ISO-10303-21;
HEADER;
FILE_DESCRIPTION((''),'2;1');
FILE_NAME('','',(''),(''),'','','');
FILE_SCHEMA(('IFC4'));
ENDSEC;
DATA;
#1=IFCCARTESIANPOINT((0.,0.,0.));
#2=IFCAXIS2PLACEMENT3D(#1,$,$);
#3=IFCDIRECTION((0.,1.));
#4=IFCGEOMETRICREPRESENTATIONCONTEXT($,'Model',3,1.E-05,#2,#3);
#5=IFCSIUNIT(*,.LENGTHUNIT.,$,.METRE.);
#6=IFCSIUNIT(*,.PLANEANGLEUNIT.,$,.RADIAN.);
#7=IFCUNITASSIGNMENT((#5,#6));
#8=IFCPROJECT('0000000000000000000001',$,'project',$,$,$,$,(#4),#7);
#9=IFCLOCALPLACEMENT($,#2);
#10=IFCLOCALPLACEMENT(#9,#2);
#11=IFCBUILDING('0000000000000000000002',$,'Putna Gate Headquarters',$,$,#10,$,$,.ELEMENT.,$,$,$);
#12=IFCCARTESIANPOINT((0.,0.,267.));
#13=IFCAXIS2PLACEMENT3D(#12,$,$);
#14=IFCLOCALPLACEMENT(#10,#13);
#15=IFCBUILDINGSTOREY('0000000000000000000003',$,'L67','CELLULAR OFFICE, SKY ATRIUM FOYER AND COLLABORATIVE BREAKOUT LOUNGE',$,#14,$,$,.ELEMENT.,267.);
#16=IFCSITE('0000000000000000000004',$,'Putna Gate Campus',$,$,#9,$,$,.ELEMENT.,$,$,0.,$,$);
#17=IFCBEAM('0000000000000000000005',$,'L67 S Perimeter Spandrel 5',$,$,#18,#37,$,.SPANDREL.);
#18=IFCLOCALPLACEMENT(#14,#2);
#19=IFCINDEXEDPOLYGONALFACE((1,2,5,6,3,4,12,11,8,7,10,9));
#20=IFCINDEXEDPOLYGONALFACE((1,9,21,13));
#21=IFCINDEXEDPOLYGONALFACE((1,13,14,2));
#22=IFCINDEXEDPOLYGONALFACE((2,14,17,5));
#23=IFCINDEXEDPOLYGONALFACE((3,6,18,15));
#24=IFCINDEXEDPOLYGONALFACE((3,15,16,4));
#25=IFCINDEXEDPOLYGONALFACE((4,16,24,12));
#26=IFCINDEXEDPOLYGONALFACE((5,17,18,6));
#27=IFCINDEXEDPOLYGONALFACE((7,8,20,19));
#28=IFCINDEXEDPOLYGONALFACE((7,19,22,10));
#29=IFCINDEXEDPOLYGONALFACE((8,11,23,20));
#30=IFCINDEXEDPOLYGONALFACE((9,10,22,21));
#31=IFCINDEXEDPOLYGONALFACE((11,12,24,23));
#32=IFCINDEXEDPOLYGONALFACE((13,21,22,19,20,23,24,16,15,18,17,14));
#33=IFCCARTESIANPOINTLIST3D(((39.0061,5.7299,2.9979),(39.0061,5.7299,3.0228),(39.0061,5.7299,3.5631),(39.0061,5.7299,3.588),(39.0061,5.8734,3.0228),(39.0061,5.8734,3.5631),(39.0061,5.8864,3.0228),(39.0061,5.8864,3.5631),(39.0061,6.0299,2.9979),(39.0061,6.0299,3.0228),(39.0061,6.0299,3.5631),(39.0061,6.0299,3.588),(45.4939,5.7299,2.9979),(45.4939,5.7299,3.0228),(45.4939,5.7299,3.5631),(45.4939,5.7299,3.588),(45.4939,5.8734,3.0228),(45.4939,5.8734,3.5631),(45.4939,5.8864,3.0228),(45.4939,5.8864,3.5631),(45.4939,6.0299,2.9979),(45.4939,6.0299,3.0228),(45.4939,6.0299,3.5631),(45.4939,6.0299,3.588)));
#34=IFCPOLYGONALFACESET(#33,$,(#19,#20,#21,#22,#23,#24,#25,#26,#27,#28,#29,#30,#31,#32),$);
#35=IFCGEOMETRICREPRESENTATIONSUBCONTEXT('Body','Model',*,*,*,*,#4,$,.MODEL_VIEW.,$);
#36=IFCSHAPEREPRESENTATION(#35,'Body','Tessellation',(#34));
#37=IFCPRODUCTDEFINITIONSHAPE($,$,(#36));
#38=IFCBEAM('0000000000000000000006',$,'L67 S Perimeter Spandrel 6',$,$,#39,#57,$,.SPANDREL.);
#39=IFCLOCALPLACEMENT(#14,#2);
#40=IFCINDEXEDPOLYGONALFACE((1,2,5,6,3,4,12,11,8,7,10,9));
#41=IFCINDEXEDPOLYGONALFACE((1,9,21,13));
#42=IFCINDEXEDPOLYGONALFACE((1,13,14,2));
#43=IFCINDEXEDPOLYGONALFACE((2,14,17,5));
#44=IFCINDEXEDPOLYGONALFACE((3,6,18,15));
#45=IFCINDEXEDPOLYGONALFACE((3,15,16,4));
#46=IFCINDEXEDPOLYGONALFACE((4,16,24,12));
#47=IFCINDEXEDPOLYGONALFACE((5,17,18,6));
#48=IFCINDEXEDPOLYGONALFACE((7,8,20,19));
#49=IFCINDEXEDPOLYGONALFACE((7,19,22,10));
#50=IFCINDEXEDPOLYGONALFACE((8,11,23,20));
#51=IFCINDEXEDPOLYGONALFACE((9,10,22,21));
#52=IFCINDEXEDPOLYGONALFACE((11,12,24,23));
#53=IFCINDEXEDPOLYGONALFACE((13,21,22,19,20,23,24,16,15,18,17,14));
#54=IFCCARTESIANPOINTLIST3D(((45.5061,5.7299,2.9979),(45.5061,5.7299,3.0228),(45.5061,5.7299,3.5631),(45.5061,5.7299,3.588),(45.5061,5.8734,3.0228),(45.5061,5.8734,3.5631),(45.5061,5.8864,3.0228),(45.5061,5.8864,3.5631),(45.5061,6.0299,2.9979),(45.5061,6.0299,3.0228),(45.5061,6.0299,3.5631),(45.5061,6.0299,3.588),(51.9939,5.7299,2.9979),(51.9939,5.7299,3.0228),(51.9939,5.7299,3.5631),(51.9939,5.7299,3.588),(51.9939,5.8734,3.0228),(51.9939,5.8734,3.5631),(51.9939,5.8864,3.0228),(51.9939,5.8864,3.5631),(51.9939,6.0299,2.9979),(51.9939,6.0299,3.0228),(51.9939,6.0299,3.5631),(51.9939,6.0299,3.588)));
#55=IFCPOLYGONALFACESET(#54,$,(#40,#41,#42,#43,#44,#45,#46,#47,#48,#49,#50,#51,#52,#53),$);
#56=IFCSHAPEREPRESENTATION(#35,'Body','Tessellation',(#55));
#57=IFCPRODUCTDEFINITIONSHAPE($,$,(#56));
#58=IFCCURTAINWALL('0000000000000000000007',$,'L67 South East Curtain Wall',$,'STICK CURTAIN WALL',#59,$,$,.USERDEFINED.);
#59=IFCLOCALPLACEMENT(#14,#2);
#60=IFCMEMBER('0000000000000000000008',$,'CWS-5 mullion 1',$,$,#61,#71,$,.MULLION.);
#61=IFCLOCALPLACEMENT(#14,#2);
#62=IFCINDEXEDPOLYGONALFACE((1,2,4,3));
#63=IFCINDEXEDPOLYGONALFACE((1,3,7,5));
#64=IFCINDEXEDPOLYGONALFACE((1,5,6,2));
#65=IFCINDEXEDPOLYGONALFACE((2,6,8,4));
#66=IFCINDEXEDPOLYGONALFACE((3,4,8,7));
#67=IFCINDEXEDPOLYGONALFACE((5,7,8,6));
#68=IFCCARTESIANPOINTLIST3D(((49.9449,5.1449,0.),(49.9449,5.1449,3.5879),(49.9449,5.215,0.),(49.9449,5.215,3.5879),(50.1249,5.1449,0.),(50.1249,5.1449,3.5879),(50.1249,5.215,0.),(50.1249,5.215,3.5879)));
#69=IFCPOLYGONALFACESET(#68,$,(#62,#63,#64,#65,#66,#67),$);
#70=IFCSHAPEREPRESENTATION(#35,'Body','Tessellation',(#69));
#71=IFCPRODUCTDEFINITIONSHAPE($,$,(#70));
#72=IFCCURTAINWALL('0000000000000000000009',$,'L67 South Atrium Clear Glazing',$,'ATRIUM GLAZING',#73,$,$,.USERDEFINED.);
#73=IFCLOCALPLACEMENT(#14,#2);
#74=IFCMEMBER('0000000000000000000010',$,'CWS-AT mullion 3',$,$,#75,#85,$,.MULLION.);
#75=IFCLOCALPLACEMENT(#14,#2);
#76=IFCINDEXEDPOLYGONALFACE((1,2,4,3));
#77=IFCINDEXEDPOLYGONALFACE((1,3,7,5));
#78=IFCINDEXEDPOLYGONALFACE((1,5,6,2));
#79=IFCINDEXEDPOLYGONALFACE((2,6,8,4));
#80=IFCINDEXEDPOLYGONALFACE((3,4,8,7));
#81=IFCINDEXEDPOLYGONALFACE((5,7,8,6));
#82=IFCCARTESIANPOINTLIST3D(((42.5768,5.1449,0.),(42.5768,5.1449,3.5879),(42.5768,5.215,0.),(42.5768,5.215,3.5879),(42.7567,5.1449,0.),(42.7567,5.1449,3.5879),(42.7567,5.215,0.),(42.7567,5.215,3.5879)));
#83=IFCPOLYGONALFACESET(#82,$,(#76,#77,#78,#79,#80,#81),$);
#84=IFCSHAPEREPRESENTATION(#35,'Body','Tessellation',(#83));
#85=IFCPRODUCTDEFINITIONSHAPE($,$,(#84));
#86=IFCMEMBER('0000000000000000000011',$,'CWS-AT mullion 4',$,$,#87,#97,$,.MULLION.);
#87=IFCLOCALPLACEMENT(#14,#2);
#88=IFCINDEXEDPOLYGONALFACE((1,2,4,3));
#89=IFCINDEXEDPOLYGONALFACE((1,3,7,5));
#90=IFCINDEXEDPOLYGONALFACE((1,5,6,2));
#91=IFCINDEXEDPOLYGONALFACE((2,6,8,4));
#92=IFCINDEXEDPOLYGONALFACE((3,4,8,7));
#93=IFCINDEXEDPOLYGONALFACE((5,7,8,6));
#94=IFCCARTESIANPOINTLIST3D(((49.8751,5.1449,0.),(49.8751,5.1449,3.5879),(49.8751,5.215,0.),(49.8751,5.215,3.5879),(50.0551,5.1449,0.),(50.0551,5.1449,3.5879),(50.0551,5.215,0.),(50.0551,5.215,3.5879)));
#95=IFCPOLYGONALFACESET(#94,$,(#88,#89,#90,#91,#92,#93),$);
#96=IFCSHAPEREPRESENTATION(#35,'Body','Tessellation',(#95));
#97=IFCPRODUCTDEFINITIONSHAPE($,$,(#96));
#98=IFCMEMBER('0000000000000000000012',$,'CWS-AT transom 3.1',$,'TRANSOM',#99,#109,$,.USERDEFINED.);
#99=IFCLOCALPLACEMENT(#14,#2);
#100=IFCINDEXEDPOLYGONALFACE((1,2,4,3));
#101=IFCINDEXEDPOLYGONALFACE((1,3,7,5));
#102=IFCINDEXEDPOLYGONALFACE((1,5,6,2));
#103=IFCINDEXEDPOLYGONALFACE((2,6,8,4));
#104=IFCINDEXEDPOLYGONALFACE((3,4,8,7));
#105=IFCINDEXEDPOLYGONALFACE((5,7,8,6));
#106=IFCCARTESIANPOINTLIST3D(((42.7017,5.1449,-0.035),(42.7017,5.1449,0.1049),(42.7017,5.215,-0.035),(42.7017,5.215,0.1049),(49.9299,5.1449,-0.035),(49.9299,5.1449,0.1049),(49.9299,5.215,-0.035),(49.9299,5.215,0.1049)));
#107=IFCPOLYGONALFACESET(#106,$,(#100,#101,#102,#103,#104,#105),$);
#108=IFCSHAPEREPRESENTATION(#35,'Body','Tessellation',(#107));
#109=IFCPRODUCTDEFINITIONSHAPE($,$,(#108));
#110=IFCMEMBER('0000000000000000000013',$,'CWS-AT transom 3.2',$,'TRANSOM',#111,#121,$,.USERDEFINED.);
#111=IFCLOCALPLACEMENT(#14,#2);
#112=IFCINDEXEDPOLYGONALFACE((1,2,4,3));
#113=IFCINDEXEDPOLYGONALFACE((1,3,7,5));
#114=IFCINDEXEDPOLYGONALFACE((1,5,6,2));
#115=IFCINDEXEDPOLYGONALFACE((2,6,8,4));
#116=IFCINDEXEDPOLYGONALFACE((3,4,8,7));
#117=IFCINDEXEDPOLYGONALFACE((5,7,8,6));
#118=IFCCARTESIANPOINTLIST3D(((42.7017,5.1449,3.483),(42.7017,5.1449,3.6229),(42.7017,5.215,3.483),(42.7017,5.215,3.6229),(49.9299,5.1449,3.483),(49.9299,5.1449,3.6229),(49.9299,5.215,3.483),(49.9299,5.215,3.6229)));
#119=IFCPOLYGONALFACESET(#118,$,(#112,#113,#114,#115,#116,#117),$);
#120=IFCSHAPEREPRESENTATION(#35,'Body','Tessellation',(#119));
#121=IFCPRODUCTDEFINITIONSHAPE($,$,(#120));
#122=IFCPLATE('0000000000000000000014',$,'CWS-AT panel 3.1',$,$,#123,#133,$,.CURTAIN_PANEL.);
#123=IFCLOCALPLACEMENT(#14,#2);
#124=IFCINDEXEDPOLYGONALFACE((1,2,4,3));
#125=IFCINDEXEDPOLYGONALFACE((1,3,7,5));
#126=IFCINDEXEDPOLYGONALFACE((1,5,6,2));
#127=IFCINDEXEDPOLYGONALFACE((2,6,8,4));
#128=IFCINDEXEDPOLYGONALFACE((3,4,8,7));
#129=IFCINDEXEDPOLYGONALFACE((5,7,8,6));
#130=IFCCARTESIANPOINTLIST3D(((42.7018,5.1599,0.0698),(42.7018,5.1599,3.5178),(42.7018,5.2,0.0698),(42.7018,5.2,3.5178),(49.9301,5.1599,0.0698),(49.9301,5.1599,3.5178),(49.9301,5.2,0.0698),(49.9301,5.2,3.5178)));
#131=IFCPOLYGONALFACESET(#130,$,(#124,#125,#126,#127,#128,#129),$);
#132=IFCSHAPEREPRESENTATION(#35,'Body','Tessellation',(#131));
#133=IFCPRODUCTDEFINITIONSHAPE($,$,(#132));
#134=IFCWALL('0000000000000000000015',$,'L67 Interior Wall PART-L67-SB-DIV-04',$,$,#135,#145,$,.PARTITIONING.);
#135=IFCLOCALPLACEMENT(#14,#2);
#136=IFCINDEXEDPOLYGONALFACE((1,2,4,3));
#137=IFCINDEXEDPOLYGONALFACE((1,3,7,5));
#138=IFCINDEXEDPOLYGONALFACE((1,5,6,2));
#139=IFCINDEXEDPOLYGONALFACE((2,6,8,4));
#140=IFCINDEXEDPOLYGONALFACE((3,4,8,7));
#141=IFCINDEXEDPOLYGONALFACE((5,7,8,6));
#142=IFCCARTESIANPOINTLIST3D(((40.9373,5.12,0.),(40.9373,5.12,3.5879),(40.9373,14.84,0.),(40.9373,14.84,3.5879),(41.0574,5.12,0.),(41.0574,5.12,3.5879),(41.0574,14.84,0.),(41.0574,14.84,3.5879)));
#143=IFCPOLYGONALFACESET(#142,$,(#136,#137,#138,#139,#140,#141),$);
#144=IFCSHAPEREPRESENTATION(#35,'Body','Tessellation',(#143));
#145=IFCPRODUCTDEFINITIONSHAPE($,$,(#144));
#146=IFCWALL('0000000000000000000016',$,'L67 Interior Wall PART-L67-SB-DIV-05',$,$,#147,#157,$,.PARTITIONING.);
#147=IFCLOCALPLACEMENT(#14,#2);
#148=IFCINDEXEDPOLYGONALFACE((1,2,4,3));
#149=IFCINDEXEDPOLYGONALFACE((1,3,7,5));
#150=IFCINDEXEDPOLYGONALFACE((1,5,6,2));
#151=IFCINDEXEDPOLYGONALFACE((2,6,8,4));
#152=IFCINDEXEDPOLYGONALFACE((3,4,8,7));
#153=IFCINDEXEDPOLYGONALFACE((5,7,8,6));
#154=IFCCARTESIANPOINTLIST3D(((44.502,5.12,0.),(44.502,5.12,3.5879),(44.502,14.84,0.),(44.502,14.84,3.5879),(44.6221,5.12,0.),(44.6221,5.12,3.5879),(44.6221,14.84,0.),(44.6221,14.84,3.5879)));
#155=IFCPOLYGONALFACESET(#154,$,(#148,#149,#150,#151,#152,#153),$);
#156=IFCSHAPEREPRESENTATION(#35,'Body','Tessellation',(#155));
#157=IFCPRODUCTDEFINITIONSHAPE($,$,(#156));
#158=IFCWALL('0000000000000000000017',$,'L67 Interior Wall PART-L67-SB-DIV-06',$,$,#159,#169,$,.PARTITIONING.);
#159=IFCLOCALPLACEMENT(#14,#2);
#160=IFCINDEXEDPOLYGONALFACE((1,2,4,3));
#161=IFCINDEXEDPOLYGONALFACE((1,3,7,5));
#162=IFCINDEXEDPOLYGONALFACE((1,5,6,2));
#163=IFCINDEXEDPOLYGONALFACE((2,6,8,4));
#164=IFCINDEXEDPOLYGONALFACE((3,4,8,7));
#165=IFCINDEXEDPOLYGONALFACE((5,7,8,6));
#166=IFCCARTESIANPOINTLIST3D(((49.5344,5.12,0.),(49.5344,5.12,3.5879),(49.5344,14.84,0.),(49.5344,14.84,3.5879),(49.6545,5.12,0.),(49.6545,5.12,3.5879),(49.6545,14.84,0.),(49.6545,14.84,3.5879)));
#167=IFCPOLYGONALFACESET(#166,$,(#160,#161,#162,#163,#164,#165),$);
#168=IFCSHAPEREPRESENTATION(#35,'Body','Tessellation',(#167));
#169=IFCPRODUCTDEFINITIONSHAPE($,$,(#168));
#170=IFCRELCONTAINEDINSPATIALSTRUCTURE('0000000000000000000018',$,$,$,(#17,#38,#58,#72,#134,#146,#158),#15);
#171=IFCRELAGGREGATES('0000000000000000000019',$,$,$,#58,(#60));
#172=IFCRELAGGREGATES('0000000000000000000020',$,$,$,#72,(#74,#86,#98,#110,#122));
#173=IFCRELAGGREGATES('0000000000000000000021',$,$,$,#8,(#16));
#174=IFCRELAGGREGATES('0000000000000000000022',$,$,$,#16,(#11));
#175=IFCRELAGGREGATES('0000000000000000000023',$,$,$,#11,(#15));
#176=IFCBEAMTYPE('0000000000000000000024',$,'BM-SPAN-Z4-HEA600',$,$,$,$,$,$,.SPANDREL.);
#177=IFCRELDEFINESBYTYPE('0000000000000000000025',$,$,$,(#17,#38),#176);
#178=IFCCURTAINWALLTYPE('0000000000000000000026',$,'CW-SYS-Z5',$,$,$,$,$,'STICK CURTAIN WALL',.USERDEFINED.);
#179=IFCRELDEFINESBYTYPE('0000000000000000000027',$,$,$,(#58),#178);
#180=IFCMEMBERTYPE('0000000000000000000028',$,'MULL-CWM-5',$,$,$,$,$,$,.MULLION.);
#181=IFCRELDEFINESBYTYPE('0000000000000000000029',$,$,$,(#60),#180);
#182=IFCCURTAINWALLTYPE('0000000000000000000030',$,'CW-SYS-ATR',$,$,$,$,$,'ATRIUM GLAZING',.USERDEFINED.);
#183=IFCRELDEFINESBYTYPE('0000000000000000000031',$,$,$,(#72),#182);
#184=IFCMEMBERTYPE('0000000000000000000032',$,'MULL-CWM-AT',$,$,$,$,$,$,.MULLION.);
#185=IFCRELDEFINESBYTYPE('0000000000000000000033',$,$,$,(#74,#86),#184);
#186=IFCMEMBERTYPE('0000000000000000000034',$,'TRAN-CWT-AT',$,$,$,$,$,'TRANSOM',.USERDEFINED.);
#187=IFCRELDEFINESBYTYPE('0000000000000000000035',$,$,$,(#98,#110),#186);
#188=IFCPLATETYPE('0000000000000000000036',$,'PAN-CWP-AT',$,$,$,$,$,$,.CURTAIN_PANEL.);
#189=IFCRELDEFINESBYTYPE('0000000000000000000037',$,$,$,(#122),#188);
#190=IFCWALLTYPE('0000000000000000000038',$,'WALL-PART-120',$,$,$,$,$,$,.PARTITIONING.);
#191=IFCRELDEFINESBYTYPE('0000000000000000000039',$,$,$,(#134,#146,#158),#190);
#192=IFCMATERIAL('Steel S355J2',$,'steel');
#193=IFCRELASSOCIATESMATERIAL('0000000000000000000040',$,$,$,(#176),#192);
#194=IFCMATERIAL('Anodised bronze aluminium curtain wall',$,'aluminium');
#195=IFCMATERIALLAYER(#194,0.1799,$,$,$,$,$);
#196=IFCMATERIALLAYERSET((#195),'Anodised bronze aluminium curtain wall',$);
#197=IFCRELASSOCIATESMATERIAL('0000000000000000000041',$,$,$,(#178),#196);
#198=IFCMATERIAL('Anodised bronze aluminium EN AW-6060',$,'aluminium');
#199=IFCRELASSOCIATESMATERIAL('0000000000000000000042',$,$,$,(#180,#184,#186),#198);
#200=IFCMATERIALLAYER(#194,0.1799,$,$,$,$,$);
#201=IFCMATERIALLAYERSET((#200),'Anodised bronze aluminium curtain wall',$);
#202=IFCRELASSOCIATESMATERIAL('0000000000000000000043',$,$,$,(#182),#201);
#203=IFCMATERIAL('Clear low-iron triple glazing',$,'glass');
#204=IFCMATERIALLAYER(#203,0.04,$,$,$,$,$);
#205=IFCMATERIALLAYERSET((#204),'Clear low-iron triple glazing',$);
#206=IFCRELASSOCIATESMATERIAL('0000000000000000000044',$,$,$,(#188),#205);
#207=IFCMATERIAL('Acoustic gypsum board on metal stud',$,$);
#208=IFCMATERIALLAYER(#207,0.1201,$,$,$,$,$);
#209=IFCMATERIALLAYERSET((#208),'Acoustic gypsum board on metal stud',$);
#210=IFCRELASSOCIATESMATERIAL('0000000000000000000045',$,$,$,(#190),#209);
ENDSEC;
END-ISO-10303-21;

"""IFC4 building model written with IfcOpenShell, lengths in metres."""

from ifc_helpers import new_model, si_unit, direction, frame, frame_2d, origin, origin_2d, place, context, subcontext, project, spatial, rectangle, i_section, extrude, material, layer, layer_set, material_profile, profile_set, type_object, element, aggregate, save


model = new_model("IFC4")

# Units and contexts
model_context = context("Model", 3, precision=1e-05, world=origin(), true_north=direction((0.0, 1.0)))
body_context = subcontext(model_context, "Body", "Model", "MODEL_VIEW")
ifc_project = project(units=[si_unit("LENGTHUNIT", "METRE"), si_unit("PLANEANGLEUNIT", "RADIAN")], contexts=[model_context])

# Site, building, storey
site_placement = place(None, origin())
site = spatial("IfcSite", under=ifc_project, at=site_placement, Name="Putna Gate Campus", CompositionType="ELEMENT", RefElevation=0.0)
building_placement = place(site_placement, origin())
building = spatial("IfcBuilding", under=site, at=building_placement, Name="Putna Gate Headquarters", CompositionType="ELEMENT")
storey_placement = place(building_placement, frame((0.0, 0.0, 267.0)))
storey = spatial("IfcBuildingStorey", under=building, at=storey_placement, Name="L67", Description="CELLULAR OFFICE, SKY ATRIUM FOYER AND COLLABORATIVE BREAKOUT LOUNGE", CompositionType="ELEMENT", Elevation=267.0)

# Beams
ifc_material_1 = material(Name="Steel S355J2", Category="steel")
ifc_material_profile_1 = material_profile(ifc_material_1, i_section(OverallWidth=0.3, OverallDepth=0.5901, WebThickness=0.0129, FlangeThickness=0.0249, at=origin_2d()), Name="Steel S355J2")
ifc_profile_set_1 = profile_set([ifc_material_profile_1], Name="Steel S355J2")
beam_type_1 = type_object("IfcBeamType", Name="BM-SPAN-Z4-HEA600", PredefinedType="SPANDREL", material=ifc_profile_set_1)
for number, where, z_axis, x_axis, name in (
    (1, (39.0061, 5.8799, 3.293), (1.0, 0.0, 0.0), (0.0, 1.0, 0.0), "L67 S Perimeter Spandrel 5"),
    (2, (45.5061, 5.8799, 3.293), (1.0, 0.0, 0.0), (0.0, 1.0, 0.0), "L67 S Perimeter Spandrel 6"),
):
    element("IfcBeam", number, at=place(storey_placement, frame(where, z_axis=z_axis, x_axis=x_axis)), inside=storey, type_object=beam_type_1, Name=name, PredefinedType="SPANDREL", context=body_context, shape_type="SweptSolid", body=[
        extrude(i_section(OverallWidth=0.3, OverallDepth=0.5901, WebThickness=0.0129, FlangeThickness=0.0249, at=origin_2d()), origin(), (0.0, 0.0, 1.0), 6.4878),
    ])

# Curtain wall, member
ifc_material_2 = material(Name="Anodised bronze aluminium curtain wall", Category="aluminium")
ifc_layer_1 = layer(ifc_material_2, 0.1799)
ifc_layer_set_1 = layer_set([ifc_layer_1], Name="Anodised bronze aluminium curtain wall")
curtain_wall_type_1 = type_object("IfcCurtainWallType", Name="CW-SYS-Z5", ElementType="STICK CURTAIN WALL", PredefinedType="USERDEFINED", material=ifc_layer_set_1)
curtain_wall_1_placement = place(storey_placement, origin())
curtain_wall_1 = element("IfcCurtainWall", 3, at=curtain_wall_1_placement, inside=storey, type_object=curtain_wall_type_1, Name="L67 South East Curtain Wall", ObjectType="STICK CURTAIN WALL", PredefinedType="USERDEFINED")
ifc_material_3 = material(Name="Anodised bronze aluminium EN AW-6060", Category="aluminium")
ifc_material_profile_2 = material_profile(ifc_material_3, rectangle(XDim=0.0701, YDim=0.1799, at=origin_2d()), Name="Anodised bronze aluminium EN AW-6060")
ifc_profile_set_2 = profile_set([ifc_material_profile_2], Name="Anodised bronze aluminium EN AW-6060")
member_type_1 = type_object("IfcMemberType", Name="MULL-CWM-5", PredefinedType="MULLION", material=ifc_profile_set_2)
member_1_placement = place(storey_placement, frame((50.0349, 5.1799, 0.0), z_axis=(0.0, 0.0, 1.0), x_axis=(0.0, 1.0, 0.0)))
member_1 = element("IfcMember", 4, at=member_1_placement, type_object=member_type_1, Name="CWS-5 mullion 1", PredefinedType="MULLION", context=body_context, shape_type="SweptSolid", body=[
    extrude(rectangle(XDim=0.0701, YDim=0.1799, at=origin_2d()), origin(), (0.0, 0.0, 1.0), 3.5879),
])
aggregate(curtain_wall_1, [member_1])

# Curtain wall, members, plate
ifc_layer_2 = layer(ifc_material_2, 0.1799)
ifc_layer_set_2 = layer_set([ifc_layer_2], Name="Anodised bronze aluminium curtain wall")
curtain_wall_type_2 = type_object("IfcCurtainWallType", Name="CW-SYS-ATR", ElementType="ATRIUM GLAZING", PredefinedType="USERDEFINED", material=ifc_layer_set_2)
curtain_wall_2_placement = place(storey_placement, origin())
curtain_wall_2 = element("IfcCurtainWall", 5, at=curtain_wall_2_placement, inside=storey, type_object=curtain_wall_type_2, Name="L67 South Atrium Clear Glazing", ObjectType="ATRIUM GLAZING", PredefinedType="USERDEFINED")
ifc_material_profile_3 = material_profile(ifc_material_3, rectangle(XDim=0.0701, YDim=0.1799, at=origin_2d()), Name="Anodised bronze aluminium EN AW-6060")
ifc_profile_set_3 = profile_set([ifc_material_profile_3], Name="Anodised bronze aluminium EN AW-6060")
member_type_2 = type_object("IfcMemberType", Name="MULL-CWM-AT", PredefinedType="MULLION", material=ifc_profile_set_3)
member_2_placement = place(storey_placement, frame((42.6667, 5.1799, 0.0), z_axis=(0.0, 0.0, 1.0), x_axis=(0.0, 1.0, 0.0)))
member_2 = element("IfcMember", 6, at=member_2_placement, type_object=member_type_2, Name="CWS-AT mullion 3", PredefinedType="MULLION", context=body_context, shape_type="SweptSolid", body=[
    extrude(rectangle(XDim=0.0701, YDim=0.1799, at=origin_2d()), origin(), (0.0, 0.0, 1.0), 3.5879),
])
member_3_placement = place(storey_placement, frame((49.9651, 5.1799, 0.0), z_axis=(0.0, 0.0, 1.0), x_axis=(0.0, 1.0, 0.0)))
member_3 = element("IfcMember", 7, at=member_3_placement, type_object=member_type_2, Name="CWS-AT mullion 4", PredefinedType="MULLION", context=body_context, shape_type="SweptSolid", body=[
    extrude(rectangle(XDim=0.0701, YDim=0.1799, at=origin_2d()), origin(), (0.0, 0.0, 1.0), 3.5879),
])
ifc_material_profile_4 = material_profile(ifc_material_3, rectangle(XDim=0.0701, YDim=0.1399, at=origin_2d()), Name="Anodised bronze aluminium EN AW-6060")
ifc_profile_set_4 = profile_set([ifc_material_profile_4], Name="Anodised bronze aluminium EN AW-6060")
member_type_3 = type_object("IfcMemberType", Name="TRAN-CWT-AT", ElementType="TRANSOM", PredefinedType="USERDEFINED", material=ifc_profile_set_4)
member_4_placement = place(storey_placement, frame((42.7017, 5.1799, 0.0349), z_axis=(1.0, 0.0, 0.0), x_axis=(0.0, 1.0, 0.0)))
member_4 = element("IfcMember", 8, at=member_4_placement, type_object=member_type_3, Name="CWS-AT transom 3.1", ObjectType="TRANSOM", PredefinedType="USERDEFINED", context=body_context, shape_type="SweptSolid", body=[
    extrude(rectangle(XDim=0.0701, YDim=0.1399, at=origin_2d()), origin(), (0.0, 0.0, 1.0), 7.2283),
])
member_5_placement = place(storey_placement, frame((42.7017, 5.1799, 3.553), z_axis=(1.0, 0.0, 0.0), x_axis=(0.0, 1.0, 0.0)))
member_5 = element("IfcMember", 9, at=member_5_placement, type_object=member_type_3, Name="CWS-AT transom 3.2", ObjectType="TRANSOM", PredefinedType="USERDEFINED", context=body_context, shape_type="SweptSolid", body=[
    extrude(rectangle(XDim=0.0701, YDim=0.1399, at=origin_2d()), origin(), (0.0, 0.0, 1.0), 7.2283),
])
ifc_material_4 = material(Name="Clear low-iron triple glazing", Category="glass")
ifc_layer_3 = layer(ifc_material_4, 0.04)
ifc_layer_set_3 = layer_set([ifc_layer_3], Name="Clear low-iron triple glazing")
plate_type = type_object("IfcPlateType", Name="PAN-CWP-AT", PredefinedType="CURTAIN_PANEL", material=ifc_layer_set_3)
plate_placement = place(storey_placement, frame((46.3159, 5.1799, 0.0698), z_axis=(0.0, 0.0, 1.0), x_axis=(1.0, 0.0, 0.0)))
plate = element("IfcPlate", 10, at=plate_placement, type_object=plate_type, Name="CWS-AT panel 3.1", PredefinedType="CURTAIN_PANEL", context=body_context, shape_type="SweptSolid", body=[
    extrude(rectangle(XDim=7.2283, YDim=0.04, at=origin_2d()), origin(), (0.0, 0.0, 1.0), 3.448),
])
aggregate(curtain_wall_2, [member_2, member_3, member_4, member_5, plate])

# Walls
ifc_material_5 = material(Name="Acoustic gypsum board on metal stud")
ifc_layer_4 = layer(ifc_material_5, 0.1201)
ifc_layer_set_4 = layer_set([ifc_layer_4], Name="Acoustic gypsum board on metal stud")
wall_type_1 = type_object("IfcWallType", Name="WALL-PART-120", PredefinedType="PARTITIONING", material=ifc_layer_set_4)
for number, where, z_axis, x_axis, name in (
    (11, (40.9973, 5.1201, 0.0), (0.0, 0.0, 1.0), (0.0, 1.0, 0.0), "L67 Interior Wall PART-L67-SB-DIV-04"),
    (12, (44.562, 5.1201, 0.0), (0.0, 0.0, 1.0), (0.0, 1.0, 0.0), "L67 Interior Wall PART-L67-SB-DIV-05"),
    (13, (49.5945, 5.1201, 0.0), (0.0, 0.0, 1.0), (0.0, 1.0, 0.0), "L67 Interior Wall PART-L67-SB-DIV-06"),
):
    element("IfcWall", number, at=place(storey_placement, frame(where, z_axis=z_axis, x_axis=x_axis)), inside=storey, type_object=wall_type_1, Name=name, PredefinedType="PARTITIONING", context=body_context, shape_type="SweptSolid", body=[
        extrude(rectangle(XDim=9.72, YDim=0.1201, at=frame_2d((4.8599, 0.0))), origin(), (0.0, 0.0, 1.0), 3.5879),
    ])

save(model, "model.ifc")
